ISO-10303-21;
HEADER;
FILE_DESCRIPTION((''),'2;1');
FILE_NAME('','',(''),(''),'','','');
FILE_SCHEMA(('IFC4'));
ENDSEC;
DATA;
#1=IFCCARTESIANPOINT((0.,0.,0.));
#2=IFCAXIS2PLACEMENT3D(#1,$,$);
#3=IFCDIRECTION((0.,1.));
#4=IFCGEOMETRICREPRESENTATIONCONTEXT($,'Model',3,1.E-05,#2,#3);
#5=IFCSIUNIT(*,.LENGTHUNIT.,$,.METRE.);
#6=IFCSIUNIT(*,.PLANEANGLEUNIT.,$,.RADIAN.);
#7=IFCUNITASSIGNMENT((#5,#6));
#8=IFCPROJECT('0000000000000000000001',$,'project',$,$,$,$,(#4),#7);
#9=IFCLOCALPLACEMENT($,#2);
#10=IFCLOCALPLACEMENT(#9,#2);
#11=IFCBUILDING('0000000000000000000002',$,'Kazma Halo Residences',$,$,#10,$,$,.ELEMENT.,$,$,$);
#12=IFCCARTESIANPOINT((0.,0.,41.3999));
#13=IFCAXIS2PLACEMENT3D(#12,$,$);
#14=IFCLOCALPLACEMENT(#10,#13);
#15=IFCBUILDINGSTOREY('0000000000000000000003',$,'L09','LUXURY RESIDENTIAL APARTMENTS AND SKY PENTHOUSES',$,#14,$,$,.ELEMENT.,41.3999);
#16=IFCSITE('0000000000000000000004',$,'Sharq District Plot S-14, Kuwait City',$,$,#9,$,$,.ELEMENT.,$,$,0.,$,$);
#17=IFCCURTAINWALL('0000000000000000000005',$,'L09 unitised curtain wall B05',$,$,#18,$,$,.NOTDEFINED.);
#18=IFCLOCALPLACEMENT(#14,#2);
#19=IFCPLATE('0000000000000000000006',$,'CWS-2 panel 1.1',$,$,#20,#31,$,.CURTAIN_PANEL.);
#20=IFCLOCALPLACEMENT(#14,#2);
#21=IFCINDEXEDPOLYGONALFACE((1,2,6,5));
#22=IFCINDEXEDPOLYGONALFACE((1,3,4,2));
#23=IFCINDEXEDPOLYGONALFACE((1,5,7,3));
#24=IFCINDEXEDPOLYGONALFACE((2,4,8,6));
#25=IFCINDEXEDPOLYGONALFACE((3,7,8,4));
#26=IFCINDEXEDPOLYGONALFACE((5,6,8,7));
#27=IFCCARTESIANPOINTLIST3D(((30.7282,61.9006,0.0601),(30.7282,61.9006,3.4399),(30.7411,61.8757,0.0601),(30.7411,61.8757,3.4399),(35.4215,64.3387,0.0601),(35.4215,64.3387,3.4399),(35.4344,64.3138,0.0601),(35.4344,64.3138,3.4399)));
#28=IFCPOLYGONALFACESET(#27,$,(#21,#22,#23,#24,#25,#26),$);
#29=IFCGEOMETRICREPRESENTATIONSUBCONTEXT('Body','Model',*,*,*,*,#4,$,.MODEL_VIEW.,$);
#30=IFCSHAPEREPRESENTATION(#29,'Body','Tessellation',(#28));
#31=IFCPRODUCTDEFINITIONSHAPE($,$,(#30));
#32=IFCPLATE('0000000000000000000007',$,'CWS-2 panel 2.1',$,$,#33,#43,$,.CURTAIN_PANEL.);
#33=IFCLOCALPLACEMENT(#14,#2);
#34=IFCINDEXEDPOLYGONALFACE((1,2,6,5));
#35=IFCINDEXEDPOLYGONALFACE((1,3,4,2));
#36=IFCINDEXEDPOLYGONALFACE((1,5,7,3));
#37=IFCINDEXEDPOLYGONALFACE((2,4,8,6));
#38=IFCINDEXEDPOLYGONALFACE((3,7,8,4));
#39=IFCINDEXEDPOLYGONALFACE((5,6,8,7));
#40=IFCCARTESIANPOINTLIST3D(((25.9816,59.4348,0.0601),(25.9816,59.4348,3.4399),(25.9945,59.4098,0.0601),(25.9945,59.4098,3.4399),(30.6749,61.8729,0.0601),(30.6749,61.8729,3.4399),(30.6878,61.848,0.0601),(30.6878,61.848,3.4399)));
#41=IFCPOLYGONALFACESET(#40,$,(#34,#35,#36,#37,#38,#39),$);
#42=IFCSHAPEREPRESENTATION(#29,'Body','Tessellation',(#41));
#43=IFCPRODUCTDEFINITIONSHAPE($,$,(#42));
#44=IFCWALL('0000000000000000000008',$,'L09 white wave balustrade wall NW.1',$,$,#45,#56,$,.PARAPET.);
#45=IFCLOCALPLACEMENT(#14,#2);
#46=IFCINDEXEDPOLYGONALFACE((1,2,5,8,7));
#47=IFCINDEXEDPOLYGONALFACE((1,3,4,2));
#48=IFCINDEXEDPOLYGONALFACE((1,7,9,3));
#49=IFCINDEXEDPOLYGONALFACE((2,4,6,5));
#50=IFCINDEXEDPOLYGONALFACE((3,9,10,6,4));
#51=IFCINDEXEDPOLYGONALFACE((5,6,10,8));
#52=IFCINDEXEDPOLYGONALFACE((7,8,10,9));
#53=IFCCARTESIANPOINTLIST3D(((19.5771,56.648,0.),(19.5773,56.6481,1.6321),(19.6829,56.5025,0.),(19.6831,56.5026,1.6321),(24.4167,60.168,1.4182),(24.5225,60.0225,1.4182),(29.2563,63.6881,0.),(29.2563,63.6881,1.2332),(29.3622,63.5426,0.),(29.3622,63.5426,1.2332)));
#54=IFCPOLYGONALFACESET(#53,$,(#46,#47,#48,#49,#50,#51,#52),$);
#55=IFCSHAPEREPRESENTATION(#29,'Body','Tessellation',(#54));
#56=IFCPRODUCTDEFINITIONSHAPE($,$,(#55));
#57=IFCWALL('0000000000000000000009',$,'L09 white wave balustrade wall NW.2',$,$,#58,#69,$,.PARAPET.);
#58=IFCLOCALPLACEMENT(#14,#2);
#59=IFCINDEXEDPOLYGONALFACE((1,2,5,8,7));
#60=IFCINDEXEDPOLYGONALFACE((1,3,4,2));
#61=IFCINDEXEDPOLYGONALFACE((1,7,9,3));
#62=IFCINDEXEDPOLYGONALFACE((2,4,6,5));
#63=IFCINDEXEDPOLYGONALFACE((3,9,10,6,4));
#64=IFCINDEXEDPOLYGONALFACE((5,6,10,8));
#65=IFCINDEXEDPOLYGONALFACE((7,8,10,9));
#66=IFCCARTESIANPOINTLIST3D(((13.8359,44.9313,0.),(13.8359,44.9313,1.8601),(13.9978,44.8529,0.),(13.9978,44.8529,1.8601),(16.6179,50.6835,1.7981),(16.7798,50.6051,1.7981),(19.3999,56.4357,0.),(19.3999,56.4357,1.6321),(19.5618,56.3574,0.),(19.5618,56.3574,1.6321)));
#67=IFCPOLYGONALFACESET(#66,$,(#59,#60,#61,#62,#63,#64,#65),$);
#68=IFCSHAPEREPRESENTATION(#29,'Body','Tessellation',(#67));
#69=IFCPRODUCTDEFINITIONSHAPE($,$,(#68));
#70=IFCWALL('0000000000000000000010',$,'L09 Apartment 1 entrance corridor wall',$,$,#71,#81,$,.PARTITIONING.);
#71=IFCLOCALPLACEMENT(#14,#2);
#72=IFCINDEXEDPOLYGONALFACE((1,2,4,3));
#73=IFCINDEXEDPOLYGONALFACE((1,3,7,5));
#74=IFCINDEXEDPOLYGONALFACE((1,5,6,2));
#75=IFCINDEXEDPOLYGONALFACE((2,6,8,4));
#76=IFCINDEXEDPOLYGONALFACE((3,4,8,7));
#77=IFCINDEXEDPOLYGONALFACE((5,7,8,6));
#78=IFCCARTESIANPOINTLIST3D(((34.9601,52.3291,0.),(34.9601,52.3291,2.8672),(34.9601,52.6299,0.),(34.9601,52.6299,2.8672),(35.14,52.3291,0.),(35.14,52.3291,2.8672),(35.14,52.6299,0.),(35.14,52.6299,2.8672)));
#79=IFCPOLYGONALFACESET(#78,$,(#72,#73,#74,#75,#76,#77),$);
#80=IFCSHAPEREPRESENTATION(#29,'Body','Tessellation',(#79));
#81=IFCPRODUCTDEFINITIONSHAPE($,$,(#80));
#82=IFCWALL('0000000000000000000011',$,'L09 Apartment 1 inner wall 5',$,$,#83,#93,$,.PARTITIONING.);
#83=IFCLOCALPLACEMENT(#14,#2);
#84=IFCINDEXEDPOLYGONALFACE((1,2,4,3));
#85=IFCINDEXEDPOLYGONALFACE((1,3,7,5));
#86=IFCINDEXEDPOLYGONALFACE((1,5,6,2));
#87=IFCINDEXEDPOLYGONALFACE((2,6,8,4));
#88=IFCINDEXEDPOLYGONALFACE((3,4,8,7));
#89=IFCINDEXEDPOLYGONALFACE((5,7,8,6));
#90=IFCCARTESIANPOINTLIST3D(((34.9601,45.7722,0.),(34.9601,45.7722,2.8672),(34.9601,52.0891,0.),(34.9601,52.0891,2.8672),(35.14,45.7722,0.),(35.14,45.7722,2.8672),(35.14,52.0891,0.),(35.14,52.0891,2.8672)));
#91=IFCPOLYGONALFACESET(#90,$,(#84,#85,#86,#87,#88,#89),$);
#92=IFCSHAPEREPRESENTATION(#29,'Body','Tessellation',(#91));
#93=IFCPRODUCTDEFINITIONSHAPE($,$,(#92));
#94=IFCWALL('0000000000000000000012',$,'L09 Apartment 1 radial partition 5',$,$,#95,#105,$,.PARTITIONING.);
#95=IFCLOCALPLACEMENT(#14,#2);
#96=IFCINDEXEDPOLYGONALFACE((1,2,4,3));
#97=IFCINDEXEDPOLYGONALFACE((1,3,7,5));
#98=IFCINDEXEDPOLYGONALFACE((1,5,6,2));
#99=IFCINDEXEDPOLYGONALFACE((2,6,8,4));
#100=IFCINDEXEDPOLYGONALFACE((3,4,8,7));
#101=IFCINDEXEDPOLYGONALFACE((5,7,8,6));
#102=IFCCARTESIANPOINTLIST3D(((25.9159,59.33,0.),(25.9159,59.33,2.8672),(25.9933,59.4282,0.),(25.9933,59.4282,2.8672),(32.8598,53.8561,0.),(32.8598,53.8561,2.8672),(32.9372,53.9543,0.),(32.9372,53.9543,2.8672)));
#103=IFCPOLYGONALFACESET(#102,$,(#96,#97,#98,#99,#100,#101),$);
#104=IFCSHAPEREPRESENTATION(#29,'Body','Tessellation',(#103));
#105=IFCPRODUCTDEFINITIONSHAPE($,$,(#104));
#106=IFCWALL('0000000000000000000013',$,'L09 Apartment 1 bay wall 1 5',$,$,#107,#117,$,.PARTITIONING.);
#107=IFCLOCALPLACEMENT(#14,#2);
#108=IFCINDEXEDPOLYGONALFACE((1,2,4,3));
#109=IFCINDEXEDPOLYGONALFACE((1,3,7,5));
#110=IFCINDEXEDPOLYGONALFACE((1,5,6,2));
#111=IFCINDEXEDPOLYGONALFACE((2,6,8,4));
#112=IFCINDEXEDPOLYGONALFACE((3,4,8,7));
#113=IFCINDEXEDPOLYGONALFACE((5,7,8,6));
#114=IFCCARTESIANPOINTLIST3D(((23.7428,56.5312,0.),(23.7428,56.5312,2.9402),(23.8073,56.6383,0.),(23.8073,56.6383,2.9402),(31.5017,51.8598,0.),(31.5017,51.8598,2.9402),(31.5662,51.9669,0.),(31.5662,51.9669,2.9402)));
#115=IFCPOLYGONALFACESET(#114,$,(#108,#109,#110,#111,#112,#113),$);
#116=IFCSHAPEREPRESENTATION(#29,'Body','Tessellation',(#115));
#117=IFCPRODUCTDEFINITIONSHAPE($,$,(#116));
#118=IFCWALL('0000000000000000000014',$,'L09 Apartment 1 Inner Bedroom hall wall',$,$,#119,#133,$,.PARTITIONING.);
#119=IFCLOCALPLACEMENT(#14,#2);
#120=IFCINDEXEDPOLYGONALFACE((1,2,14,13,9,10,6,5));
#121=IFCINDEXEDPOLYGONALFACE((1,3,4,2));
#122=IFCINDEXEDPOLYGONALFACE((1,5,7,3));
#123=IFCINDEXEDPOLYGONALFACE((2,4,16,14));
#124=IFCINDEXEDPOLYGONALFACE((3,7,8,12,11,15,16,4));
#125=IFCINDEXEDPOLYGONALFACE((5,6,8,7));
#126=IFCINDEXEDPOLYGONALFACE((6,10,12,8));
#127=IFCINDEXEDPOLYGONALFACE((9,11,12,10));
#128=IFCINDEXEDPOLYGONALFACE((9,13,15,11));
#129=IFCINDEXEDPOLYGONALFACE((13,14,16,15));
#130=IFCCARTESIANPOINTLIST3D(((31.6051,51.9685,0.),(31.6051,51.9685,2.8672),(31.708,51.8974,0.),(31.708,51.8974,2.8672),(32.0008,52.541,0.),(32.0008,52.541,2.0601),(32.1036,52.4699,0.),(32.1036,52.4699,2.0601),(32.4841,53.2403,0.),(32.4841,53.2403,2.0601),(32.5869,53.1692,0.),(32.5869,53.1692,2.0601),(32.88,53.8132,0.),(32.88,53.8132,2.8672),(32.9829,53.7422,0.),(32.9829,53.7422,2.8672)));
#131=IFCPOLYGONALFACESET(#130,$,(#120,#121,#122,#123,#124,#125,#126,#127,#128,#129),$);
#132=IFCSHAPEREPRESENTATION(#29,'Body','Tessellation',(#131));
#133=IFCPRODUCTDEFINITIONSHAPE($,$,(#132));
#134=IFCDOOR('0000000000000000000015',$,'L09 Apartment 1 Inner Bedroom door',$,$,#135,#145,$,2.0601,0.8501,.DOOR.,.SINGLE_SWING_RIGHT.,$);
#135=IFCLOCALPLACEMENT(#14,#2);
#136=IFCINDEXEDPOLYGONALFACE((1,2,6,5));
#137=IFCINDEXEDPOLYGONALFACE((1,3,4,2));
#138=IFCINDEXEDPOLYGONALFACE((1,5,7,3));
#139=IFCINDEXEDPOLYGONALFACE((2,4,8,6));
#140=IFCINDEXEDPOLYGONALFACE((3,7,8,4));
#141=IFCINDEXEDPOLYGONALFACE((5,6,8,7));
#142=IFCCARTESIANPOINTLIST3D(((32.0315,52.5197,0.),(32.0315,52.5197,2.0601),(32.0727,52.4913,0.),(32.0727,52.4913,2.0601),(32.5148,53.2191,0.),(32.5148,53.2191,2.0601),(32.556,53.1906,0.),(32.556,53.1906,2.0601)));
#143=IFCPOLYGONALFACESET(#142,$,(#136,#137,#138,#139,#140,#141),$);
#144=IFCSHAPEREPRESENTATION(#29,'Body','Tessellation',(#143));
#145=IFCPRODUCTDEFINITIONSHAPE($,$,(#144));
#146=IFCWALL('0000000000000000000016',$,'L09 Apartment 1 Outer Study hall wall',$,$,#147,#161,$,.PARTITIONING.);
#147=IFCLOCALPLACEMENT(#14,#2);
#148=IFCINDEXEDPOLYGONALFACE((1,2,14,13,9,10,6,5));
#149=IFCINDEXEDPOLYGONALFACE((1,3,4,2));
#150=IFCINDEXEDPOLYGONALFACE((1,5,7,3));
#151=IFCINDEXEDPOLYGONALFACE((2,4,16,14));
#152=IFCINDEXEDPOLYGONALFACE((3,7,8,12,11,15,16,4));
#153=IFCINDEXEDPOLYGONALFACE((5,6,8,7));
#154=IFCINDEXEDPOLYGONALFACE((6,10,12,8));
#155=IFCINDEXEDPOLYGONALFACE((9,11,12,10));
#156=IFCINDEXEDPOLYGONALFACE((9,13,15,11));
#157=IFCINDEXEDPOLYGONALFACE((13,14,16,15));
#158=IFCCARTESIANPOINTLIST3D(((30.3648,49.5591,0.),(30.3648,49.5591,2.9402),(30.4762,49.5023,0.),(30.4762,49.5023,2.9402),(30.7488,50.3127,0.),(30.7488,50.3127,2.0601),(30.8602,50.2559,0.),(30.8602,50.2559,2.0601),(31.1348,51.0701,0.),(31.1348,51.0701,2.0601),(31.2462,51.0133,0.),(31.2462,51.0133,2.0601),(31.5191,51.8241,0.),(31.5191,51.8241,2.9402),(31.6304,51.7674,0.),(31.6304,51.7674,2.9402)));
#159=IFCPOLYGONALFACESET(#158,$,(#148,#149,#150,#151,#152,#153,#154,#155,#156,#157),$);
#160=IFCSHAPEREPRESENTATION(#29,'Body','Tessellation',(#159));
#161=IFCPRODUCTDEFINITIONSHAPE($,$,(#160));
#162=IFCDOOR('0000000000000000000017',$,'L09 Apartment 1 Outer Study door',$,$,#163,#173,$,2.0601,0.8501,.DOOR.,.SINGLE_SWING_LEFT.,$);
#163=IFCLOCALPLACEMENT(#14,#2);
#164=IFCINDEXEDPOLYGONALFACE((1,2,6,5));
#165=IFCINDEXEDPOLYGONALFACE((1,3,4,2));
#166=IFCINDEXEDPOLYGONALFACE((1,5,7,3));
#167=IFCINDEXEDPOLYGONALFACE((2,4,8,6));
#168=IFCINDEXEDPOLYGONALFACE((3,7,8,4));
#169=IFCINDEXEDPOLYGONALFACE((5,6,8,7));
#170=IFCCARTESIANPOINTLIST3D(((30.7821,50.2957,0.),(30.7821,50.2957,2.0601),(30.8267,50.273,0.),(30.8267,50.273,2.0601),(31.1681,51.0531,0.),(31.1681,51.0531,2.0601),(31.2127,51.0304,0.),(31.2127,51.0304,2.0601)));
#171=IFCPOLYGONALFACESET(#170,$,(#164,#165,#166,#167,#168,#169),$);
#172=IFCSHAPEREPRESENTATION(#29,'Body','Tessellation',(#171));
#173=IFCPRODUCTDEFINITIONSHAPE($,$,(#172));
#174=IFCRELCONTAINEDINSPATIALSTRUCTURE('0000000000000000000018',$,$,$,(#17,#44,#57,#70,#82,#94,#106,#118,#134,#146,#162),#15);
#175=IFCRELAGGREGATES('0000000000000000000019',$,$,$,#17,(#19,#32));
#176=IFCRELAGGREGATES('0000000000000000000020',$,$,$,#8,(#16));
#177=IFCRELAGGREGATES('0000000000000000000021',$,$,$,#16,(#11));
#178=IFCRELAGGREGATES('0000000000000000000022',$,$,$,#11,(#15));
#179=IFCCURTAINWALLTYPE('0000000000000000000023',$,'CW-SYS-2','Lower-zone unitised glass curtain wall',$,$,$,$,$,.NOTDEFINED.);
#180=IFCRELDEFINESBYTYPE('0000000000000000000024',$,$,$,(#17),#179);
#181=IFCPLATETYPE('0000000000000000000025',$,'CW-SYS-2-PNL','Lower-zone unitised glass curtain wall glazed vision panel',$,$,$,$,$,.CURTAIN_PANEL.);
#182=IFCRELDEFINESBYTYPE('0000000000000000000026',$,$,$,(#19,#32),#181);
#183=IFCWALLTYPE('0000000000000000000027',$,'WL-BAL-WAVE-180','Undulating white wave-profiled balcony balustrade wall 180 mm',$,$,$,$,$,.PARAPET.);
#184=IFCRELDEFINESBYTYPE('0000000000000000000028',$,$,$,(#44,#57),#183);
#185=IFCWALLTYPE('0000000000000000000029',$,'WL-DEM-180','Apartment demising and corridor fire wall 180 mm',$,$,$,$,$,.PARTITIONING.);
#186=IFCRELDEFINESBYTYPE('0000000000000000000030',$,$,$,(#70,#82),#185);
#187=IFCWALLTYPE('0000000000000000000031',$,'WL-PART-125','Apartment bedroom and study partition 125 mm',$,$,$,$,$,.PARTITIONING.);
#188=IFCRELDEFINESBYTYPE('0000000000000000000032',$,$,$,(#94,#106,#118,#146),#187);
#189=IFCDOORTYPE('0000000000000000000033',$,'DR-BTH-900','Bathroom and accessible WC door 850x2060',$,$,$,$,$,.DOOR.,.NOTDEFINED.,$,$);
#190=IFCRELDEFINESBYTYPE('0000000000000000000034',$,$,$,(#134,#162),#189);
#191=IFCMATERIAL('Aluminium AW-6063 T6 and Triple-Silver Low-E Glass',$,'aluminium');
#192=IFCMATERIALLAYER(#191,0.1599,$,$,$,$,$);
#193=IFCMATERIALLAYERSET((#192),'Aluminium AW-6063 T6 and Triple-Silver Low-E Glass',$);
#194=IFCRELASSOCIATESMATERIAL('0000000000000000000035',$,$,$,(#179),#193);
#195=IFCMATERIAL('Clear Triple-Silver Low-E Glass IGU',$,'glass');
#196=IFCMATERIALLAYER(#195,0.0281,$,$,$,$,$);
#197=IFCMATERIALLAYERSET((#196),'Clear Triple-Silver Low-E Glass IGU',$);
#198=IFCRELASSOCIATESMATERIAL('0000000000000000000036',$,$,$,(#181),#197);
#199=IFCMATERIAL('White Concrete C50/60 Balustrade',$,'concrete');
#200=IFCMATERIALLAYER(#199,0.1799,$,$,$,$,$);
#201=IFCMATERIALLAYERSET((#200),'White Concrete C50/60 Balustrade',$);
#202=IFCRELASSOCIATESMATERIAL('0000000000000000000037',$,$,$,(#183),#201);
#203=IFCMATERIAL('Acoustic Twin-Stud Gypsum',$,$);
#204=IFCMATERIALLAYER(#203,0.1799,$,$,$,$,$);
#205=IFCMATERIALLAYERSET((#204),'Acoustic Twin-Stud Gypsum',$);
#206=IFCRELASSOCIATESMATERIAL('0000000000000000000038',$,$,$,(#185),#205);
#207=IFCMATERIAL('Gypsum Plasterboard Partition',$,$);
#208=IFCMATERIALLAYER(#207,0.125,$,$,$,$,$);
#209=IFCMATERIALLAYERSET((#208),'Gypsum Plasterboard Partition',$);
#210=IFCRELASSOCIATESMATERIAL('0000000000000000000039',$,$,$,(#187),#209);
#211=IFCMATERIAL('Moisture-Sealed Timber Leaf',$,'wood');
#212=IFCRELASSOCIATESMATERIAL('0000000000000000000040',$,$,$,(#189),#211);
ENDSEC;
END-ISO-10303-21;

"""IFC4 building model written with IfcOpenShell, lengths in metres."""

from ifc_helpers import new_model, si_unit, direction, frame, frame_2d, origin, origin_2d, place, context, subcontext, project, spatial, polyline, rectangle, outline, extrude, material, layer, layer_set, type_object, element, fill, aggregate, save


model = new_model("IFC4")

# Units and contexts
model_context = context("Model", 3, precision=1e-05, world=origin(), true_north=direction((0.0, 1.0)))
body_context = subcontext(model_context, "Body", "Model", "MODEL_VIEW")
ifc_project = project(units=[si_unit("LENGTHUNIT", "METRE"), si_unit("PLANEANGLEUNIT", "RADIAN")], contexts=[model_context])

# Site, building, storey
site_placement = place(None, origin())
site = spatial("IfcSite", under=ifc_project, at=site_placement, Name="Sharq District Plot S-14, Kuwait City", CompositionType="ELEMENT", RefElevation=0.0)
building_placement = place(site_placement, origin())
building = spatial("IfcBuilding", under=site, at=building_placement, Name="Kazma Halo Residences", CompositionType="ELEMENT")
storey_placement = place(building_placement, frame((0.0, 0.0, 41.3999)))
storey = spatial("IfcBuildingStorey", under=building, at=storey_placement, Name="L09", Description="LUXURY RESIDENTIAL APARTMENTS AND SKY PENTHOUSES", CompositionType="ELEMENT", Elevation=41.3999)

# Curtain wall
ifc_material_1 = material(Name="Aluminium AW-6063 T6 and Triple-Silver Low-E Glass", Category="aluminium")
ifc_layer_1 = layer(ifc_material_1, 0.1599)
ifc_layer_set_1 = layer_set([ifc_layer_1], Name="Aluminium AW-6063 T6 and Triple-Silver Low-E Glass")
curtain_wall_type = type_object("IfcCurtainWallType", Name="CW-SYS-2", Description="Lower-zone unitised glass curtain wall", PredefinedType="NOTDEFINED", material=ifc_layer_set_1)
curtain_wall_1_placement = place(storey_placement, origin())
curtain_wall_1 = element("IfcCurtainWall", 1, at=curtain_wall_1_placement, inside=storey, type_object=curtain_wall_type, Name="L09 unitised curtain wall B05", PredefinedType="NOTDEFINED")

# Plates
ifc_material_2 = material(Name="Clear Triple-Silver Low-E Glass IGU", Category="glass")
ifc_layer_2 = layer(ifc_material_2, 0.0281)
ifc_layer_set_2 = layer_set([ifc_layer_2], Name="Clear Triple-Silver Low-E Glass IGU")
plate_type = type_object("IfcPlateType", Name="CW-SYS-2-PNL", Description="Lower-zone unitised glass curtain wall glazed vision panel", PredefinedType="CURTAIN_PANEL", material=ifc_layer_set_2)
plate_1_placement = place(storey_placement, frame((33.0813, 63.1072, 0.0601), z_axis=(0.0, 0.0, 1.0), x_axis=(-0.887402, -0.460996, 0.0)))
plate_1 = element("IfcPlate", 2, at=plate_1_placement, type_object=plate_type, Name="CWS-2 panel 1.1", PredefinedType="CURTAIN_PANEL", context=body_context, shape_type="SweptSolid", body=[
    extrude(rectangle(XDim=5.2888, YDim=0.0281, at=origin_2d()), origin(), (0.0, 0.0, 1.0), 3.3799),
])
plate_2_placement = place(storey_placement, frame((28.3347, 60.6414, 0.0601), z_axis=(0.0, 0.0, 1.0), x_axis=(-0.887402, -0.460996, 0.0)))
plate_2 = element("IfcPlate", 3, at=plate_2_placement, type_object=plate_type, Name="CWS-2 panel 2.1", PredefinedType="CURTAIN_PANEL", context=body_context, shape_type="SweptSolid", body=[
    extrude(rectangle(XDim=5.2888, YDim=0.0281, at=origin_2d()), origin(), (0.0, 0.0, 1.0), 3.3799),
])
aggregate(curtain_wall_1, [plate_1, plate_2])

# Walls
ifc_material_3 = material(Name="White Concrete C50/60 Balustrade", Category="concrete")
ifc_layer_3 = layer(ifc_material_3, 0.1799)
ifc_layer_set_3 = layer_set([ifc_layer_3], Name="White Concrete C50/60 Balustrade")
wall_type_1 = type_object("IfcWallType", Name="WL-BAL-WAVE-180", Description="Undulating white wave-profiled balcony balustrade wall 180 mm", PredefinedType="PARAPET", material=ifc_layer_set_3)
wall_1_placement = place(storey_placement, frame((29.3093, 63.6152, 0.0), z_axis=(0.0, 0.0, 1.0), x_axis=(-0.808711, -0.588206, 0.0)))
element("IfcWall", 4, at=wall_1_placement, inside=storey, type_object=wall_type_1, Name="L09 white wave balustrade wall NW.1", PredefinedType="PARAPET", context=body_context, shape_type="SweptSolid", body=[
    extrude(outline(polyline([(0.0, 0.0), (11.9688, 0.0), (11.9685, 1.6321), (5.9844, 1.4182), (0.0, 1.2332), (0.0, 0.0)])), frame((0.0, 0.0898, 0.0), z_axis=(0.0, -1.0, 0.0), x_axis=(1.0, 0.0, 0.0)), (0.0, 0.0, 1.0), 0.1799),
])
wall_2_placement = place(storey_placement, frame((19.481, 56.3965, 0.0), z_axis=(0.0, 0.0, 1.0), x_axis=(-0.435391, -0.900241, 0.0)))
element("IfcWall", 5, at=wall_2_placement, inside=storey, type_object=wall_type_1, Name="L09 white wave balustrade wall NW.2", PredefinedType="PARAPET", context=body_context, shape_type="SweptSolid", body=[
    extrude(outline(polyline([(0.0, 0.0), (12.7793, 0.0), (12.7793, 1.8601), (6.3896, 1.7981), (0.0, 1.6321), (0.0, 0.0)])), frame((0.0, 0.0898, 0.0), z_axis=(0.0, -1.0, 0.0), x_axis=(1.0, 0.0, 0.0)), (0.0, 0.0, 1.0), 0.1799),
])
ifc_material_4 = material(Name="Acoustic Twin-Stud Gypsum")
ifc_layer_4 = layer(ifc_material_4, 0.1799)
ifc_layer_set_4 = layer_set([ifc_layer_4], Name="Acoustic Twin-Stud Gypsum")
wall_type_2 = type_object("IfcWallType", Name="WL-DEM-180", Description="Apartment demising and corridor fire wall 180 mm", PredefinedType="PARTITIONING", material=ifc_layer_set_4)
wall_3_placement = place(storey_placement, frame((35.05, 52.6299, 0.0), z_axis=(0.0, 0.0, 1.0), x_axis=(0.0, -1.0, 0.0)))
element("IfcWall", 6, at=wall_3_placement, inside=storey, type_object=wall_type_2, Name="L09 Apartment 1 entrance corridor wall", PredefinedType="PARTITIONING", context=body_context, shape_type="SweptSolid", body=[
    extrude(rectangle(XDim=0.3008, YDim=0.1799, at=frame_2d((0.1504, 0.0))), origin(), (0.0, 0.0, 1.0), 2.8672),
])
wall_4_placement = place(storey_placement, frame((35.05, 52.0891, 0.0), z_axis=(0.0, 0.0, 1.0), x_axis=(0.0, -1.0, 0.0)))
element("IfcWall", 7, at=wall_4_placement, inside=storey, type_object=wall_type_2, Name="L09 Apartment 1 inner wall 5", PredefinedType="PARTITIONING", context=body_context, shape_type="SweptSolid", body=[
    extrude(rectangle(XDim=6.3169, YDim=0.1799, at=frame_2d((3.1584, 0.0))), origin(), (0.0, 0.0, 1.0), 2.8672),
])

# Walls
ifc_material_5 = material(Name="Gypsum Plasterboard Partition")
ifc_layer_5 = layer(ifc_material_5, 0.125)
ifc_layer_set_5 = layer_set([ifc_layer_5], Name="Gypsum Plasterboard Partition")
wall_type_3 = type_object("IfcWallType", Name="WL-PART-125", Description="Apartment bedroom and study partition 125 mm", PredefinedType="PARTITIONING", material=ifc_layer_set_5)
wall_5_placement = place(storey_placement, frame((32.8984, 53.9053, 0.0), z_axis=(0.0, 0.0, 1.0), x_axis=(-0.785329, 0.619079, 0.0)))
element("IfcWall", 8, at=wall_5_placement, inside=storey, type_object=wall_type_3, Name="L09 Apartment 1 radial partition 5", PredefinedType="PARTITIONING", context=body_context, shape_type="SweptSolid", body=[
    extrude(rectangle(XDim=8.842, YDim=0.125, at=frame_2d((4.4209, 0.0))), origin(), (0.0, 0.0, 1.0), 2.8672),
])
wall_6_placement = place(storey_placement, frame((31.5339, 51.9133, 0.0), z_axis=(0.0, 0.0, 1.0), x_axis=(-0.856707, 0.515803, 0.0)))
element("IfcWall", 9, at=wall_6_placement, inside=storey, type_object=wall_type_3, Name="L09 Apartment 1 bay wall 1 5", PredefinedType="PARTITIONING", context=body_context, shape_type="SweptSolid", body=[
    extrude(rectangle(XDim=9.0566, YDim=0.125, at=frame_2d((4.5283, 0.0))), origin(), (0.0, 0.0, 1.0), 2.9402),
])

# Walls, openings, doors
wall_7_placement = place(storey_placement, frame((32.9314, 53.7776, 0.0), z_axis=(0.0, 0.0, 1.0), x_axis=(-0.568542, -0.822654, 0.0)))
wall_7 = element("IfcWall", 10, at=wall_7_placement, inside=storey, type_object=wall_type_3, Name="L09 Apartment 1 Inner Bedroom hall wall", PredefinedType="PARTITIONING", context=body_context, shape_type="SweptSolid", body=[
    extrude(rectangle(XDim=2.2424, YDim=0.125, at=frame_2d((1.1211, 0.0))), origin(), (0.0, 0.0, 1.0), 2.8672),
])
opening_1_placement = place(wall_7_placement, frame((0.6963, 0.0, 0.0)))
opening_1 = element("IfcOpeningElement", 11, at=opening_1_placement, cuts=wall_7, PredefinedType="OPENING", context=body_context, shape_type="SweptSolid", body=[
    extrude(rectangle(XDim=0.8501, YDim=2.0601, at=frame_2d((0.425, 1.03))), frame((0.0, 0.0725, 0.0), z_axis=(0.0, -1.0, 0.0), x_axis=(1.0, 0.0, 0.0)), (0.0, 0.0, 1.0), 0.145),
])
ifc_material_6 = material(Name="Moisture-Sealed Timber Leaf", Category="wood")
door_type_1 = type_object("IfcDoorType", Name="DR-BTH-900", Description="Bathroom and accessible WC door 850x2060", OperationType="NOTDEFINED", PredefinedType="DOOR", material=ifc_material_6)
door_1_placement = place(opening_1_placement, origin())
door_1 = element("IfcDoor", 12, at=door_1_placement, inside=storey, type_object=door_type_1, Name="L09 Apartment 1 Inner Bedroom door", OperationType="SINGLE_SWING_RIGHT", OverallHeight=2.0601, OverallWidth=0.8501, PredefinedType="DOOR", context=body_context, shape_type="SweptSolid", body=[
    extrude(rectangle(XDim=0.8501, YDim=2.0601, at=frame_2d((0.425, 1.03))), frame((0.0, 0.0249, 0.0), z_axis=(0.0, -1.0, 0.0), x_axis=(1.0, 0.0, 0.0)), (0.0, 0.0, 1.0), 0.05),
])
fill(opening_1, door_1)
wall_8_placement = place(storey_placement, frame((31.5747, 51.7957, 0.0), z_axis=(0.0, 0.0, 1.0), x_axis=(-0.454038, -0.890982, 0.0)))
wall_8 = element("IfcWall", 13, at=wall_8_placement, inside=storey, type_object=wall_type_3, Name="L09 Apartment 1 Outer Study hall wall", PredefinedType="PARTITIONING", context=body_context, shape_type="SweptSolid", body=[
    extrude(rectangle(XDim=2.5422, YDim=0.125, at=frame_2d((1.271, 0.0))), origin(), (0.0, 0.0, 1.0), 2.9402),
])
opening_2_placement = place(wall_8_placement, frame((0.8462, 0.0, 0.0)))
opening_2 = element("IfcOpeningElement", 14, at=opening_2_placement, cuts=wall_8, PredefinedType="OPENING", context=body_context, shape_type="SweptSolid", body=[
    extrude(rectangle(XDim=0.8501, YDim=2.0601, at=frame_2d((0.425, 1.03))), frame((0.0, 0.0725, 0.0), z_axis=(0.0, -1.0, 0.0), x_axis=(1.0, 0.0, 0.0)), (0.0, 0.0, 1.0), 0.145),
])
door_2_placement = place(opening_2_placement, origin())
door_2 = element("IfcDoor", 15, at=door_2_placement, inside=storey, type_object=door_type_1, Name="L09 Apartment 1 Outer Study door", OperationType="SINGLE_SWING_LEFT", OverallHeight=2.0601, OverallWidth=0.8501, PredefinedType="DOOR", context=body_context, shape_type="SweptSolid", body=[
    extrude(rectangle(XDim=0.8501, YDim=2.0601, at=frame_2d((0.425, 1.03))), frame((0.0, 0.0249, 0.0), z_axis=(0.0, -1.0, 0.0), x_axis=(1.0, 0.0, 0.0)), (0.0, 0.0, 1.0), 0.05),
])
fill(opening_2, door_2)

save(model, "model.ifc")
